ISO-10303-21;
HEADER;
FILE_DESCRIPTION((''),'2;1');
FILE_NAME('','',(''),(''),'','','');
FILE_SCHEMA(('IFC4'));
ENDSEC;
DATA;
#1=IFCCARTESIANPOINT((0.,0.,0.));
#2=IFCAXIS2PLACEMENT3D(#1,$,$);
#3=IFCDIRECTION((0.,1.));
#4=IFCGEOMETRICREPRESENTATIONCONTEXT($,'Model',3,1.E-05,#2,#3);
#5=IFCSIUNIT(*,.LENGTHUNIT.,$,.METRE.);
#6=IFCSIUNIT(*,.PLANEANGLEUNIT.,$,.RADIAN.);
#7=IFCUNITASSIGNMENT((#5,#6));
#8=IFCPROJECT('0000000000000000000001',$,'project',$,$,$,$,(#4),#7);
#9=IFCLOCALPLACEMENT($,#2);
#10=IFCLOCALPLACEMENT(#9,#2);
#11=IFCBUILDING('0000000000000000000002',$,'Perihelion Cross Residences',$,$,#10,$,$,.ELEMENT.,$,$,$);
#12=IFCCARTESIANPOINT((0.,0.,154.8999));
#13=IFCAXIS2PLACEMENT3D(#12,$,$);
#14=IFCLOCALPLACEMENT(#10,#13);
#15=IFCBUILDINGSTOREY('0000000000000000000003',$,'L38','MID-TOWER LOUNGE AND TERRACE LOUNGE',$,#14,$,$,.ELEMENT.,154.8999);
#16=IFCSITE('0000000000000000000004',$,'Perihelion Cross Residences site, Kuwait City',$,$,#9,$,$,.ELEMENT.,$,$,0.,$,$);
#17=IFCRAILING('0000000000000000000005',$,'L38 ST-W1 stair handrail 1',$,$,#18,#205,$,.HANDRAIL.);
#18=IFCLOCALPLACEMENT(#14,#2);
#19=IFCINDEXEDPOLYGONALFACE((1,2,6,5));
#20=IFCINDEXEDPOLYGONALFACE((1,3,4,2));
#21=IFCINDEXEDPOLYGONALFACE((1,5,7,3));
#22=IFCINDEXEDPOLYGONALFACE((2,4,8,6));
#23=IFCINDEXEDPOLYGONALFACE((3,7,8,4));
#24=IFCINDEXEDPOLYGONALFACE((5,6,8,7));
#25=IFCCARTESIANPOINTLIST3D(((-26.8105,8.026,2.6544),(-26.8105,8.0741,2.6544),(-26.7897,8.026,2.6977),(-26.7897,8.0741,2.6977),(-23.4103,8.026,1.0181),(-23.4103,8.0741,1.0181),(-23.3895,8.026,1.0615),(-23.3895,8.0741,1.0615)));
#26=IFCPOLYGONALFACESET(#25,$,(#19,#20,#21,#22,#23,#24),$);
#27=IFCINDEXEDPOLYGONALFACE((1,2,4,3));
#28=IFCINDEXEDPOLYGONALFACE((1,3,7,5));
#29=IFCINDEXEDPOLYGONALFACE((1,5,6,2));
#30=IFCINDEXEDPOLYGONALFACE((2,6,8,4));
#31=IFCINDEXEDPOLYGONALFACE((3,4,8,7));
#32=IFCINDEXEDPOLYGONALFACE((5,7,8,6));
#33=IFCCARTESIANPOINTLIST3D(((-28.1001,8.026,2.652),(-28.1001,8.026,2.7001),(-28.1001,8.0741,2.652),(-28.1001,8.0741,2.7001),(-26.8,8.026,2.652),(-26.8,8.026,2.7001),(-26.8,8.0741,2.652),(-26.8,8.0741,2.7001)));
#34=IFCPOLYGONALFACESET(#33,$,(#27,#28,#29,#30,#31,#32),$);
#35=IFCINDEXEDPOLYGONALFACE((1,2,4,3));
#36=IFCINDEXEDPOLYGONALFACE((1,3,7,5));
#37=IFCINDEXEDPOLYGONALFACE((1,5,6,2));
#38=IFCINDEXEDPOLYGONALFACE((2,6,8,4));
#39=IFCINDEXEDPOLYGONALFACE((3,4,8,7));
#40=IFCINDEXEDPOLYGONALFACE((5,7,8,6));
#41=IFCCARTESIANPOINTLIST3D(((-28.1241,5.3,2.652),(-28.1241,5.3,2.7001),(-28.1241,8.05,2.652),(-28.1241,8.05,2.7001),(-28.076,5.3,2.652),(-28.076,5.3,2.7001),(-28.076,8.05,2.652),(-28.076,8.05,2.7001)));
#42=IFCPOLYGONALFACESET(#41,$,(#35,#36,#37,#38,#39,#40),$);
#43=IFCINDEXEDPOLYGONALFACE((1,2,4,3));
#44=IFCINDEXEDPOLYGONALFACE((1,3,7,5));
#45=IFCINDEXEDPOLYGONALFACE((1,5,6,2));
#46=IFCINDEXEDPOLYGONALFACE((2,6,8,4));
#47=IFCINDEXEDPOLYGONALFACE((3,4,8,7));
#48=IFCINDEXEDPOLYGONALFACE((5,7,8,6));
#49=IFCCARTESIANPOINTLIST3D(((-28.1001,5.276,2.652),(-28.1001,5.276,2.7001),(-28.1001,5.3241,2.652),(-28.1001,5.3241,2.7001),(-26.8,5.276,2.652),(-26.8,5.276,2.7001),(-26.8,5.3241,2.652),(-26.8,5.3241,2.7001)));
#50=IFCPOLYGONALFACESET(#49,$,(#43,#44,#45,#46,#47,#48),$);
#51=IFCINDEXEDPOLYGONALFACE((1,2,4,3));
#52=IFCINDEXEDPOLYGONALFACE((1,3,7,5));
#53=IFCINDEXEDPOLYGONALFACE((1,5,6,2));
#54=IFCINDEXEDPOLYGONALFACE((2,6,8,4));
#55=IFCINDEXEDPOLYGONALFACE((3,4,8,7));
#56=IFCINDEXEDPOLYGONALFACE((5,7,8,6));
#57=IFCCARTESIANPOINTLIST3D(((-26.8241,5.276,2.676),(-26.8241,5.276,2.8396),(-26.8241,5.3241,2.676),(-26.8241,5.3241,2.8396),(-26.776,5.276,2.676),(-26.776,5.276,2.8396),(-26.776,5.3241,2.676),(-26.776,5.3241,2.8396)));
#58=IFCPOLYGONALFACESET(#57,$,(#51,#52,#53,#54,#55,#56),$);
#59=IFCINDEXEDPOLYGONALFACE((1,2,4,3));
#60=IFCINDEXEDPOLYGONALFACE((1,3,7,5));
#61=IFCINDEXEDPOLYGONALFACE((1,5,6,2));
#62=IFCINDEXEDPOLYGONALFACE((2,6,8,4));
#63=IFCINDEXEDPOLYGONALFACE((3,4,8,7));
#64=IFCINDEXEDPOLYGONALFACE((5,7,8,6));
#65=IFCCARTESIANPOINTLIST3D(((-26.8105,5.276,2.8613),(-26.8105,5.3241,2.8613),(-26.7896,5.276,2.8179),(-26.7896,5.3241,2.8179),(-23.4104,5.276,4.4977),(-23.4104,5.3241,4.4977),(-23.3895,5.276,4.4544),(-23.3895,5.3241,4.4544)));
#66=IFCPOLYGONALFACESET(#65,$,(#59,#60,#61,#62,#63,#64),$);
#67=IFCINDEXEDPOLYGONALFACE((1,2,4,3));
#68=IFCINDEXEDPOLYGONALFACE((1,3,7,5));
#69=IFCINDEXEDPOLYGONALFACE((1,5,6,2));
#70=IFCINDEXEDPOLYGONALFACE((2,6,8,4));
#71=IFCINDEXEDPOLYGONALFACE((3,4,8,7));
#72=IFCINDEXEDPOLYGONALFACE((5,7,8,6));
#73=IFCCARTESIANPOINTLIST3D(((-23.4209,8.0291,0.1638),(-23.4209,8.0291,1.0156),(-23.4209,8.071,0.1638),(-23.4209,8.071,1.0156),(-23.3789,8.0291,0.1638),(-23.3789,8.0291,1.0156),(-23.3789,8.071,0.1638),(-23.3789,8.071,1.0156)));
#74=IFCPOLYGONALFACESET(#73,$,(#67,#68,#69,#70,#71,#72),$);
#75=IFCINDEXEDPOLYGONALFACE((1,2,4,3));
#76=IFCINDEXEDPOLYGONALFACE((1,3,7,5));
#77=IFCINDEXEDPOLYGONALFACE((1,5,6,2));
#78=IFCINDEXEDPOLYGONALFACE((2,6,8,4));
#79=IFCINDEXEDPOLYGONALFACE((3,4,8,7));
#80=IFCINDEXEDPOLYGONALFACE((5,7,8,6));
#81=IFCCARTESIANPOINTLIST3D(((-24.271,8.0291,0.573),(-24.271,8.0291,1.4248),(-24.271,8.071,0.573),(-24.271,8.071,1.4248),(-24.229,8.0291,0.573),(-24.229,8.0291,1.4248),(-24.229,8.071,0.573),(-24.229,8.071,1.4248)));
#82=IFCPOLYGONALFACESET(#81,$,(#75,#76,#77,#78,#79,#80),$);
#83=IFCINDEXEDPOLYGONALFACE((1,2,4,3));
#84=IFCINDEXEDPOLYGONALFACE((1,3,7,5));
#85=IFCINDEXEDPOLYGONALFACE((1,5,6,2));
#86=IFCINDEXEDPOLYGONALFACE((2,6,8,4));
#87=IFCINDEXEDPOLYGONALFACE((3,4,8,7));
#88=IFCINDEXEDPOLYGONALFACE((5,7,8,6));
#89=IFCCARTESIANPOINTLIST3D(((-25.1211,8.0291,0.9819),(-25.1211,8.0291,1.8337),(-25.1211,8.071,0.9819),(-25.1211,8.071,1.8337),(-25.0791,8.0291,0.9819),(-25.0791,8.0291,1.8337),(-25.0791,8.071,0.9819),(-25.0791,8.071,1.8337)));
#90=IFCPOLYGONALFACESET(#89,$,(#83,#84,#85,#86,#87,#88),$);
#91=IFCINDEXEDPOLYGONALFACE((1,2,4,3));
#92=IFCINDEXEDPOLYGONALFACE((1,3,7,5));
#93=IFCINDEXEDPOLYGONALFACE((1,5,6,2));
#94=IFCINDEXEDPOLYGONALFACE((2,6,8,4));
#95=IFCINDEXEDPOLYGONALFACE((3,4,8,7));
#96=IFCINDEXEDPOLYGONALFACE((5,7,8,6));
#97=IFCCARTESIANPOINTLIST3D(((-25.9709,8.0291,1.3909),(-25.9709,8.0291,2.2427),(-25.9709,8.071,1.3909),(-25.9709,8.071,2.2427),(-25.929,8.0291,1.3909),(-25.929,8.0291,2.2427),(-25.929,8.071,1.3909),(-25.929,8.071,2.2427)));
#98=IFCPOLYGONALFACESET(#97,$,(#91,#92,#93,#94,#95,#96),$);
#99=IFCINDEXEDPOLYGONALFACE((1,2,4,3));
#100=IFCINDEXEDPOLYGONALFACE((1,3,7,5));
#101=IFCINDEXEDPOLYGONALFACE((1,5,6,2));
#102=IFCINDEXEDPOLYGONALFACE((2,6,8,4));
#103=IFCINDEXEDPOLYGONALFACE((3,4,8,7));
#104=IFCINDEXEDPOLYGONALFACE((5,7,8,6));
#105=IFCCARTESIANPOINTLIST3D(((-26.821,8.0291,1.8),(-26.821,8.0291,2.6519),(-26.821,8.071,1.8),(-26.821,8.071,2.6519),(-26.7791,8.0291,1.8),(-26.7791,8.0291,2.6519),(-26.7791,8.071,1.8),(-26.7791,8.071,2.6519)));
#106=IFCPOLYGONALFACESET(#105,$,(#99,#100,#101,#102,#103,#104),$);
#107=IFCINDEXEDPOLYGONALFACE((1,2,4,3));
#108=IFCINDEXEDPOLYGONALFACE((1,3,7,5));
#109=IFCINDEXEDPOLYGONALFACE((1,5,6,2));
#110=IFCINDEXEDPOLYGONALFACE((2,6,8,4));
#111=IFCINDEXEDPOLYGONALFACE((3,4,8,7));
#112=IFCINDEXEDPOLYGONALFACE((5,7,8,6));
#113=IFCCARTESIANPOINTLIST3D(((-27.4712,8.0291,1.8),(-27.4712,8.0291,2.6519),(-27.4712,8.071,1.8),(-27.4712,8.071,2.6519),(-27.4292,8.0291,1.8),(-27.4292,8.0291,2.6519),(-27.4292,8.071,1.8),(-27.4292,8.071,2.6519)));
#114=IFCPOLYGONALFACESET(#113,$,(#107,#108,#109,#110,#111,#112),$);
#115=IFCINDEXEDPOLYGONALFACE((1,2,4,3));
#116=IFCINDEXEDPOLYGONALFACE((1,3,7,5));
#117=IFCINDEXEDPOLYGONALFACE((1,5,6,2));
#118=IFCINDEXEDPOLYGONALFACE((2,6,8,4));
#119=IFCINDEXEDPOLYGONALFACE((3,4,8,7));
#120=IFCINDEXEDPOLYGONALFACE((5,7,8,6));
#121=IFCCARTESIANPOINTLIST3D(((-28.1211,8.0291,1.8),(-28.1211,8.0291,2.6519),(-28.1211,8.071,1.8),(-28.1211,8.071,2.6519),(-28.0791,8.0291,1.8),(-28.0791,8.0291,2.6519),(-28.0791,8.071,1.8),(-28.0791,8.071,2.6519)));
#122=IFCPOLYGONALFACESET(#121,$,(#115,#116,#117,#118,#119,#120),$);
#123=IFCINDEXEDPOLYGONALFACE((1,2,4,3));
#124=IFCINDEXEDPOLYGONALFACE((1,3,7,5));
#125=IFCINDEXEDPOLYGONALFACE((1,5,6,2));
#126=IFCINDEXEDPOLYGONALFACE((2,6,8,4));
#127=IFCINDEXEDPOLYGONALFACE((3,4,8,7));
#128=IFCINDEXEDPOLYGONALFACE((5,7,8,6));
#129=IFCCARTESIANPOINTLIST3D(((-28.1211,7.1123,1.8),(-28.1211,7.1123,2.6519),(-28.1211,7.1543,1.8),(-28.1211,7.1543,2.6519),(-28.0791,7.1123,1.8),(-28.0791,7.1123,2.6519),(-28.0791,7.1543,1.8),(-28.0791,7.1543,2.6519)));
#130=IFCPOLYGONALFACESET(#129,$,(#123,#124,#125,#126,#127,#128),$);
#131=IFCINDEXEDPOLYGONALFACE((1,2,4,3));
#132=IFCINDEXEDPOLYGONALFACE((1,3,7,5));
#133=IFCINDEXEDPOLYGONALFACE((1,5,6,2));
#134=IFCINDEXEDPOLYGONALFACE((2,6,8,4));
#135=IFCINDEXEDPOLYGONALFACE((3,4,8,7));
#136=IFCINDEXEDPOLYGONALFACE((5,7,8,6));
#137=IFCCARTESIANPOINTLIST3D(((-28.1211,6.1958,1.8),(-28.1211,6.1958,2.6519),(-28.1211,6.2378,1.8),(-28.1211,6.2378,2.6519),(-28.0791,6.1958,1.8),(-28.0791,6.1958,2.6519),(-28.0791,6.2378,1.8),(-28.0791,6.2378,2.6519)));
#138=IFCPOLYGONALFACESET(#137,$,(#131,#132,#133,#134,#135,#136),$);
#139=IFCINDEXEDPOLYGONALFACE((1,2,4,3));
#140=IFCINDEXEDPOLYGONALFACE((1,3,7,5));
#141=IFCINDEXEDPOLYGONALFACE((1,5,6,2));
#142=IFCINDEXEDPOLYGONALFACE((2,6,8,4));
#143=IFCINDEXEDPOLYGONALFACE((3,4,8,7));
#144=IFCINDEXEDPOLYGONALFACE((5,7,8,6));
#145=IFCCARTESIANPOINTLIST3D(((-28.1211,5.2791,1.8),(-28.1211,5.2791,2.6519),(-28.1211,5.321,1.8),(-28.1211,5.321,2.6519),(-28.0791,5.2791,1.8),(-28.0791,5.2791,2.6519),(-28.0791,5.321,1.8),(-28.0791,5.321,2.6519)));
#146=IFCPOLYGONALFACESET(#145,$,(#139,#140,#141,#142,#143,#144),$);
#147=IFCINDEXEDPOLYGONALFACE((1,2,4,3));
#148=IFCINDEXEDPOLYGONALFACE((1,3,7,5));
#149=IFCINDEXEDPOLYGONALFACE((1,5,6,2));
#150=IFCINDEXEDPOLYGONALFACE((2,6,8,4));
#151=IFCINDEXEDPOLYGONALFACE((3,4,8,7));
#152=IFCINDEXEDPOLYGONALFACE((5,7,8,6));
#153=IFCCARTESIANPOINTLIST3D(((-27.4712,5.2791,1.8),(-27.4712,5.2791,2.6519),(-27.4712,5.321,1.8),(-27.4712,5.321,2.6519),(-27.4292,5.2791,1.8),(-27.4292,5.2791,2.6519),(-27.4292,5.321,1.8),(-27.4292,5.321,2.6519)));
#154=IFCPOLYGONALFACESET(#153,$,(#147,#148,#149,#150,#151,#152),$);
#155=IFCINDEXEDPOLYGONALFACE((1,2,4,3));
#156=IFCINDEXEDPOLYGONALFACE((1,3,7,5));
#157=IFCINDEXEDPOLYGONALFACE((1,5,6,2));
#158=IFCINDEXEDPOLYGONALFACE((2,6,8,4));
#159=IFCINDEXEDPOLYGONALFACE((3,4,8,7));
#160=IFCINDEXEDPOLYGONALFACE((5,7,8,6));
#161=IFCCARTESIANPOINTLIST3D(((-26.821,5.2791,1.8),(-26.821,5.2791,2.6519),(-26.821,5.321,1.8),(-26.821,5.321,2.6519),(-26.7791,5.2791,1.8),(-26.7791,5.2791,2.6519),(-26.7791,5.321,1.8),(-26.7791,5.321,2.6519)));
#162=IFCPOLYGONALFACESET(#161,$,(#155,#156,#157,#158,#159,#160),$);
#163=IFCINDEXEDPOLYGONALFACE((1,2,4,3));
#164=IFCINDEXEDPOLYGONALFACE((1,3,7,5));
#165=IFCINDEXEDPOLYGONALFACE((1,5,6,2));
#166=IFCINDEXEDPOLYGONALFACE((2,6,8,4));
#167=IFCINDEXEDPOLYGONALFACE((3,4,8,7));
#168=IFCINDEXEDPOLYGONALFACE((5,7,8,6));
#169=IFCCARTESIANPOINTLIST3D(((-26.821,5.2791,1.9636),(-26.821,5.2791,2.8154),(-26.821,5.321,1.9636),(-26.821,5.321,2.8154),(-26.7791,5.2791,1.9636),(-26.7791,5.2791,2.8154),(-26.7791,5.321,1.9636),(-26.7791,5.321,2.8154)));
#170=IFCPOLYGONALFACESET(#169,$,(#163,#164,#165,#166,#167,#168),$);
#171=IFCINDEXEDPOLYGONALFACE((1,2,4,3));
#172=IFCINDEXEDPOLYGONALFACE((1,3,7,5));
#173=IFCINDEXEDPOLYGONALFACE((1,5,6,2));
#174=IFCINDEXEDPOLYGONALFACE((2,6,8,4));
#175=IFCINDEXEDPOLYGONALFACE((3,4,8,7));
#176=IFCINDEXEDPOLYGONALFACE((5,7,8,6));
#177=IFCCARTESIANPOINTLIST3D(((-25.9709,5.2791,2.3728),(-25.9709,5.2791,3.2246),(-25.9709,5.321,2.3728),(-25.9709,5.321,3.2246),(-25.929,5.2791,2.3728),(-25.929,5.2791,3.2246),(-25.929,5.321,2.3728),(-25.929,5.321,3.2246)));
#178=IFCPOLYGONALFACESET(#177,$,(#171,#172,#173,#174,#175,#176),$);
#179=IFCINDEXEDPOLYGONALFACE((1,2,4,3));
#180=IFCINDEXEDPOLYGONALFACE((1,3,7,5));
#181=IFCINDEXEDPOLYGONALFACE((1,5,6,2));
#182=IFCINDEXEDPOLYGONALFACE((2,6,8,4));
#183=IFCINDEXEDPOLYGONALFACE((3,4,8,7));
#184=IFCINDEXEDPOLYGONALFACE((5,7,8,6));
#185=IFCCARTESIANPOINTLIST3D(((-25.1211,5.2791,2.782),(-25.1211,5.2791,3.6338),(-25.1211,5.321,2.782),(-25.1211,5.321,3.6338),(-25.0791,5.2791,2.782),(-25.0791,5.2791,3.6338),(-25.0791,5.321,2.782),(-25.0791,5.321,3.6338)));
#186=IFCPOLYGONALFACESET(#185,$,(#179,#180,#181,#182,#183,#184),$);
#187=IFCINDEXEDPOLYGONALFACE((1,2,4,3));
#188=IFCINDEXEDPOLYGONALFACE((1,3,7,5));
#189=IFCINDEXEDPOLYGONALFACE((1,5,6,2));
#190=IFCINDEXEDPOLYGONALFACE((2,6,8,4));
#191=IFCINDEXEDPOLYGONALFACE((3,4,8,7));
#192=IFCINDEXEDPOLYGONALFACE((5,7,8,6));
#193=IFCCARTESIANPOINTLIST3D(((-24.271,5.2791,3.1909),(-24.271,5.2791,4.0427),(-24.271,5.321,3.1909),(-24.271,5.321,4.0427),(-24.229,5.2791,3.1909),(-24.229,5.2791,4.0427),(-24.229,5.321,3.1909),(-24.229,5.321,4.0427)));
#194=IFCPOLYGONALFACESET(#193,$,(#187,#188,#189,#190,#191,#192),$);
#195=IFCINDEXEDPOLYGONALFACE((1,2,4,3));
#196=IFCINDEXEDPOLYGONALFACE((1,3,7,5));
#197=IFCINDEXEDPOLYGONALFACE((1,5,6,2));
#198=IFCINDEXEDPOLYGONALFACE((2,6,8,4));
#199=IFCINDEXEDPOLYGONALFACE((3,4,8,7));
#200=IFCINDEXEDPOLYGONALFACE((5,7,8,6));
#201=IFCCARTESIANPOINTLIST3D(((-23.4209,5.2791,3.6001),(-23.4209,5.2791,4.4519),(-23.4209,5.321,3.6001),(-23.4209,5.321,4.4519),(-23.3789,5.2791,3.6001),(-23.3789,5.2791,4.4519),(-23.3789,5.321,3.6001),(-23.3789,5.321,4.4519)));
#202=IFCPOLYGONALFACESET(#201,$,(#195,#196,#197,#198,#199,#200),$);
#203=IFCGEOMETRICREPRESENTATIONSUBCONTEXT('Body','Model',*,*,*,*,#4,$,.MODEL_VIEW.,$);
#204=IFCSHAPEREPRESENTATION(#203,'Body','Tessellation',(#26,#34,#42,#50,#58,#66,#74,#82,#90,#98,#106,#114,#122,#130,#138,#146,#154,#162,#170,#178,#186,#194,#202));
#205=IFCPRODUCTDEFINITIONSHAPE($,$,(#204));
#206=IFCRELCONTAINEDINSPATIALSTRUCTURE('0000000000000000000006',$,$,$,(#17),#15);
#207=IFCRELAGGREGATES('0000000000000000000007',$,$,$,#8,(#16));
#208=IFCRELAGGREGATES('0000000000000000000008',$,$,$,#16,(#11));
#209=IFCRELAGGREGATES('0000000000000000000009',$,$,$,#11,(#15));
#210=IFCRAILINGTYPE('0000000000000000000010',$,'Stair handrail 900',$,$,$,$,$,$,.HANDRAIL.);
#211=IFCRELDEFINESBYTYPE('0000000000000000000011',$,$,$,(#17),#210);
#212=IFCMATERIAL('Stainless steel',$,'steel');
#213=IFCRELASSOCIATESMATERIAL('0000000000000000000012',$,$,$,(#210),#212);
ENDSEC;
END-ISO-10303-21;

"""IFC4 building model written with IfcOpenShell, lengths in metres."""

from ifc_helpers import new_model, si_unit, direction, frame, origin, origin_2d, place, context, subcontext, project, spatial, rectangle, extrude, material, type_object, element, save


model = new_model("IFC4")

# Units and contexts
model_context = context("Model", 3, precision=1e-05, world=origin(), true_north=direction((0.0, 1.0)))
body_context = subcontext(model_context, "Body", "Model", "MODEL_VIEW")
ifc_project = project(units=[si_unit("LENGTHUNIT", "METRE"), si_unit("PLANEANGLEUNIT", "RADIAN")], contexts=[model_context])

# Site, building, storey
site_placement = place(None, origin())
site = spatial("IfcSite", under=ifc_project, at=site_placement, Name="Perihelion Cross Residences site, Kuwait City", CompositionType="ELEMENT", RefElevation=0.0)
building_placement = place(site_placement, origin())
building = spatial("IfcBuilding", under=site, at=building_placement, Name="Perihelion Cross Residences", CompositionType="ELEMENT")
storey_placement = place(building_placement, frame((0.0, 0.0, 154.8999)))
storey = spatial("IfcBuildingStorey", under=building, at=storey_placement, Name="L38", Description="MID-TOWER LOUNGE AND TERRACE LOUNGE", CompositionType="ELEMENT", Elevation=154.8999)

# Railing
ifc_material_1 = material(Name="Stainless steel", Category="steel")
railing_type_1 = type_object("IfcRailingType", Name="Stair handrail 900", PredefinedType="HANDRAIL", material=ifc_material_1)
railing_1_placement = place(storey_placement, frame((-23.3999, 8.05, 0.1638)))
element("IfcRailing", 1, at=railing_1_placement, inside=storey, type_object=railing_type_1, Name="L38 ST-W1 stair handrail 1", PredefinedType="HANDRAIL", context=body_context, shape_type="SweptSolid", body=[
    extrude(rectangle(XDim=0.0481, YDim=0.0481, at=origin_2d()), frame((0.0, 0.0, 0.876), z_axis=(-0.901093, 0.0, 0.433627), x_axis=(0.0, -1.0, 0.0)), (0.0, 0.0, 1.0), 3.7734),
    extrude(rectangle(XDim=0.0481, YDim=0.0481, at=origin_2d()), frame((-3.4001, 0.0, 2.5122), z_axis=(-1.0, 0.0, 0.0), x_axis=(0.0, -1.0, 0.0)), (0.0, 0.0, 1.0), 1.3),
    extrude(rectangle(XDim=0.0481, YDim=0.0481, at=origin_2d()), frame((-4.7002, 0.0, 2.5122), z_axis=(0.0, -1.0, 0.0), x_axis=(1.0, 0.0, 0.0)), (0.0, 0.0, 1.0), 2.75),
    extrude(rectangle(XDim=0.0481, YDim=0.0481, at=origin_2d()), frame((-4.7002, -2.75, 2.5122), z_axis=(1.0, 0.0, 0.0), x_axis=(0.0, 1.0, 0.0)), (0.0, 0.0, 1.0), 1.3),
    extrude(rectangle(XDim=0.0481, YDim=0.0481, at=origin_2d()), frame((-3.4001, -2.75, 2.5122), z_axis=(0.0, 0.0, 1.0), x_axis=(1.0, 0.0, 0.0)), (0.0, 0.0, 1.0), 0.1636),
    extrude(rectangle(XDim=0.0481, YDim=0.0481, at=origin_2d()), frame((-3.4001, -2.75, 2.6758), z_axis=(0.901067, 0.0, 0.433679), x_axis=(0.0, 1.0, 0.0)), (0.0, 0.0, 1.0), 3.7734),
    extrude(rectangle(XDim=0.042, YDim=0.042, at=origin_2d()), origin(), (0.0, 0.0, 1.0), 0.8518),
    extrude(rectangle(XDim=0.042, YDim=0.042, at=origin_2d()), frame((-0.8501, 0.0, 0.4092)), (0.0, 0.0, 1.0), 0.8518),
    extrude(rectangle(XDim=0.042, YDim=0.042, at=origin_2d()), frame((-1.7002, 0.0, 0.8181)), (0.0, 0.0, 1.0), 0.8518),
    extrude(rectangle(XDim=0.042, YDim=0.042, at=origin_2d()), frame((-2.55, 0.0, 1.2271)), (0.0, 0.0, 1.0), 0.8518),
    extrude(rectangle(XDim=0.042, YDim=0.042, at=origin_2d()), frame((-3.4001, 0.0, 1.6362)), (0.0, 0.0, 1.0), 0.8518),
    extrude(rectangle(XDim=0.042, YDim=0.042, at=origin_2d()), frame((-4.0503, 0.0, 1.6362)), (0.0, 0.0, 1.0), 0.8518),
    extrude(rectangle(XDim=0.042, YDim=0.042, at=origin_2d()), frame((-4.7002, 0.0, 1.6362)), (0.0, 0.0, 1.0), 0.8518),
    extrude(rectangle(XDim=0.042, YDim=0.042, at=origin_2d()), frame((-4.7002, -0.9167, 1.6362)), (0.0, 0.0, 1.0), 0.8518),
    extrude(rectangle(XDim=0.042, YDim=0.042, at=origin_2d()), frame((-4.7002, -1.8333, 1.6362)), (0.0, 0.0, 1.0), 0.8518),
    extrude(rectangle(XDim=0.042, YDim=0.042, at=origin_2d()), frame((-4.7002, -2.75, 1.6362)), (0.0, 0.0, 1.0), 0.8518),
    extrude(rectangle(XDim=0.042, YDim=0.042, at=origin_2d()), frame((-4.0503, -2.75, 1.6362)), (0.0, 0.0, 1.0), 0.8518),
    extrude(rectangle(XDim=0.042, YDim=0.042, at=origin_2d()), frame((-3.4001, -2.75, 1.6362)), (0.0, 0.0, 1.0), 0.8518),
    extrude(rectangle(XDim=0.042, YDim=0.042, at=origin_2d()), frame((-3.4001, -2.75, 1.7998)), (0.0, 0.0, 1.0), 0.8518),
    extrude(rectangle(XDim=0.042, YDim=0.042, at=origin_2d()), frame((-2.55, -2.75, 2.209)), (0.0, 0.0, 1.0), 0.8518),
    extrude(rectangle(XDim=0.042, YDim=0.042, at=origin_2d()), frame((-1.7002, -2.75, 2.6182)), (0.0, 0.0, 1.0), 0.8518),
    extrude(rectangle(XDim=0.042, YDim=0.042, at=origin_2d()), frame((-0.8501, -2.75, 3.0271)), (0.0, 0.0, 1.0), 0.8518),
    extrude(rectangle(XDim=0.042, YDim=0.042, at=origin_2d()), frame((0.0, -2.75, 3.4363)), (0.0, 0.0, 1.0), 0.8518),
])

save(model, "model.ifc")
